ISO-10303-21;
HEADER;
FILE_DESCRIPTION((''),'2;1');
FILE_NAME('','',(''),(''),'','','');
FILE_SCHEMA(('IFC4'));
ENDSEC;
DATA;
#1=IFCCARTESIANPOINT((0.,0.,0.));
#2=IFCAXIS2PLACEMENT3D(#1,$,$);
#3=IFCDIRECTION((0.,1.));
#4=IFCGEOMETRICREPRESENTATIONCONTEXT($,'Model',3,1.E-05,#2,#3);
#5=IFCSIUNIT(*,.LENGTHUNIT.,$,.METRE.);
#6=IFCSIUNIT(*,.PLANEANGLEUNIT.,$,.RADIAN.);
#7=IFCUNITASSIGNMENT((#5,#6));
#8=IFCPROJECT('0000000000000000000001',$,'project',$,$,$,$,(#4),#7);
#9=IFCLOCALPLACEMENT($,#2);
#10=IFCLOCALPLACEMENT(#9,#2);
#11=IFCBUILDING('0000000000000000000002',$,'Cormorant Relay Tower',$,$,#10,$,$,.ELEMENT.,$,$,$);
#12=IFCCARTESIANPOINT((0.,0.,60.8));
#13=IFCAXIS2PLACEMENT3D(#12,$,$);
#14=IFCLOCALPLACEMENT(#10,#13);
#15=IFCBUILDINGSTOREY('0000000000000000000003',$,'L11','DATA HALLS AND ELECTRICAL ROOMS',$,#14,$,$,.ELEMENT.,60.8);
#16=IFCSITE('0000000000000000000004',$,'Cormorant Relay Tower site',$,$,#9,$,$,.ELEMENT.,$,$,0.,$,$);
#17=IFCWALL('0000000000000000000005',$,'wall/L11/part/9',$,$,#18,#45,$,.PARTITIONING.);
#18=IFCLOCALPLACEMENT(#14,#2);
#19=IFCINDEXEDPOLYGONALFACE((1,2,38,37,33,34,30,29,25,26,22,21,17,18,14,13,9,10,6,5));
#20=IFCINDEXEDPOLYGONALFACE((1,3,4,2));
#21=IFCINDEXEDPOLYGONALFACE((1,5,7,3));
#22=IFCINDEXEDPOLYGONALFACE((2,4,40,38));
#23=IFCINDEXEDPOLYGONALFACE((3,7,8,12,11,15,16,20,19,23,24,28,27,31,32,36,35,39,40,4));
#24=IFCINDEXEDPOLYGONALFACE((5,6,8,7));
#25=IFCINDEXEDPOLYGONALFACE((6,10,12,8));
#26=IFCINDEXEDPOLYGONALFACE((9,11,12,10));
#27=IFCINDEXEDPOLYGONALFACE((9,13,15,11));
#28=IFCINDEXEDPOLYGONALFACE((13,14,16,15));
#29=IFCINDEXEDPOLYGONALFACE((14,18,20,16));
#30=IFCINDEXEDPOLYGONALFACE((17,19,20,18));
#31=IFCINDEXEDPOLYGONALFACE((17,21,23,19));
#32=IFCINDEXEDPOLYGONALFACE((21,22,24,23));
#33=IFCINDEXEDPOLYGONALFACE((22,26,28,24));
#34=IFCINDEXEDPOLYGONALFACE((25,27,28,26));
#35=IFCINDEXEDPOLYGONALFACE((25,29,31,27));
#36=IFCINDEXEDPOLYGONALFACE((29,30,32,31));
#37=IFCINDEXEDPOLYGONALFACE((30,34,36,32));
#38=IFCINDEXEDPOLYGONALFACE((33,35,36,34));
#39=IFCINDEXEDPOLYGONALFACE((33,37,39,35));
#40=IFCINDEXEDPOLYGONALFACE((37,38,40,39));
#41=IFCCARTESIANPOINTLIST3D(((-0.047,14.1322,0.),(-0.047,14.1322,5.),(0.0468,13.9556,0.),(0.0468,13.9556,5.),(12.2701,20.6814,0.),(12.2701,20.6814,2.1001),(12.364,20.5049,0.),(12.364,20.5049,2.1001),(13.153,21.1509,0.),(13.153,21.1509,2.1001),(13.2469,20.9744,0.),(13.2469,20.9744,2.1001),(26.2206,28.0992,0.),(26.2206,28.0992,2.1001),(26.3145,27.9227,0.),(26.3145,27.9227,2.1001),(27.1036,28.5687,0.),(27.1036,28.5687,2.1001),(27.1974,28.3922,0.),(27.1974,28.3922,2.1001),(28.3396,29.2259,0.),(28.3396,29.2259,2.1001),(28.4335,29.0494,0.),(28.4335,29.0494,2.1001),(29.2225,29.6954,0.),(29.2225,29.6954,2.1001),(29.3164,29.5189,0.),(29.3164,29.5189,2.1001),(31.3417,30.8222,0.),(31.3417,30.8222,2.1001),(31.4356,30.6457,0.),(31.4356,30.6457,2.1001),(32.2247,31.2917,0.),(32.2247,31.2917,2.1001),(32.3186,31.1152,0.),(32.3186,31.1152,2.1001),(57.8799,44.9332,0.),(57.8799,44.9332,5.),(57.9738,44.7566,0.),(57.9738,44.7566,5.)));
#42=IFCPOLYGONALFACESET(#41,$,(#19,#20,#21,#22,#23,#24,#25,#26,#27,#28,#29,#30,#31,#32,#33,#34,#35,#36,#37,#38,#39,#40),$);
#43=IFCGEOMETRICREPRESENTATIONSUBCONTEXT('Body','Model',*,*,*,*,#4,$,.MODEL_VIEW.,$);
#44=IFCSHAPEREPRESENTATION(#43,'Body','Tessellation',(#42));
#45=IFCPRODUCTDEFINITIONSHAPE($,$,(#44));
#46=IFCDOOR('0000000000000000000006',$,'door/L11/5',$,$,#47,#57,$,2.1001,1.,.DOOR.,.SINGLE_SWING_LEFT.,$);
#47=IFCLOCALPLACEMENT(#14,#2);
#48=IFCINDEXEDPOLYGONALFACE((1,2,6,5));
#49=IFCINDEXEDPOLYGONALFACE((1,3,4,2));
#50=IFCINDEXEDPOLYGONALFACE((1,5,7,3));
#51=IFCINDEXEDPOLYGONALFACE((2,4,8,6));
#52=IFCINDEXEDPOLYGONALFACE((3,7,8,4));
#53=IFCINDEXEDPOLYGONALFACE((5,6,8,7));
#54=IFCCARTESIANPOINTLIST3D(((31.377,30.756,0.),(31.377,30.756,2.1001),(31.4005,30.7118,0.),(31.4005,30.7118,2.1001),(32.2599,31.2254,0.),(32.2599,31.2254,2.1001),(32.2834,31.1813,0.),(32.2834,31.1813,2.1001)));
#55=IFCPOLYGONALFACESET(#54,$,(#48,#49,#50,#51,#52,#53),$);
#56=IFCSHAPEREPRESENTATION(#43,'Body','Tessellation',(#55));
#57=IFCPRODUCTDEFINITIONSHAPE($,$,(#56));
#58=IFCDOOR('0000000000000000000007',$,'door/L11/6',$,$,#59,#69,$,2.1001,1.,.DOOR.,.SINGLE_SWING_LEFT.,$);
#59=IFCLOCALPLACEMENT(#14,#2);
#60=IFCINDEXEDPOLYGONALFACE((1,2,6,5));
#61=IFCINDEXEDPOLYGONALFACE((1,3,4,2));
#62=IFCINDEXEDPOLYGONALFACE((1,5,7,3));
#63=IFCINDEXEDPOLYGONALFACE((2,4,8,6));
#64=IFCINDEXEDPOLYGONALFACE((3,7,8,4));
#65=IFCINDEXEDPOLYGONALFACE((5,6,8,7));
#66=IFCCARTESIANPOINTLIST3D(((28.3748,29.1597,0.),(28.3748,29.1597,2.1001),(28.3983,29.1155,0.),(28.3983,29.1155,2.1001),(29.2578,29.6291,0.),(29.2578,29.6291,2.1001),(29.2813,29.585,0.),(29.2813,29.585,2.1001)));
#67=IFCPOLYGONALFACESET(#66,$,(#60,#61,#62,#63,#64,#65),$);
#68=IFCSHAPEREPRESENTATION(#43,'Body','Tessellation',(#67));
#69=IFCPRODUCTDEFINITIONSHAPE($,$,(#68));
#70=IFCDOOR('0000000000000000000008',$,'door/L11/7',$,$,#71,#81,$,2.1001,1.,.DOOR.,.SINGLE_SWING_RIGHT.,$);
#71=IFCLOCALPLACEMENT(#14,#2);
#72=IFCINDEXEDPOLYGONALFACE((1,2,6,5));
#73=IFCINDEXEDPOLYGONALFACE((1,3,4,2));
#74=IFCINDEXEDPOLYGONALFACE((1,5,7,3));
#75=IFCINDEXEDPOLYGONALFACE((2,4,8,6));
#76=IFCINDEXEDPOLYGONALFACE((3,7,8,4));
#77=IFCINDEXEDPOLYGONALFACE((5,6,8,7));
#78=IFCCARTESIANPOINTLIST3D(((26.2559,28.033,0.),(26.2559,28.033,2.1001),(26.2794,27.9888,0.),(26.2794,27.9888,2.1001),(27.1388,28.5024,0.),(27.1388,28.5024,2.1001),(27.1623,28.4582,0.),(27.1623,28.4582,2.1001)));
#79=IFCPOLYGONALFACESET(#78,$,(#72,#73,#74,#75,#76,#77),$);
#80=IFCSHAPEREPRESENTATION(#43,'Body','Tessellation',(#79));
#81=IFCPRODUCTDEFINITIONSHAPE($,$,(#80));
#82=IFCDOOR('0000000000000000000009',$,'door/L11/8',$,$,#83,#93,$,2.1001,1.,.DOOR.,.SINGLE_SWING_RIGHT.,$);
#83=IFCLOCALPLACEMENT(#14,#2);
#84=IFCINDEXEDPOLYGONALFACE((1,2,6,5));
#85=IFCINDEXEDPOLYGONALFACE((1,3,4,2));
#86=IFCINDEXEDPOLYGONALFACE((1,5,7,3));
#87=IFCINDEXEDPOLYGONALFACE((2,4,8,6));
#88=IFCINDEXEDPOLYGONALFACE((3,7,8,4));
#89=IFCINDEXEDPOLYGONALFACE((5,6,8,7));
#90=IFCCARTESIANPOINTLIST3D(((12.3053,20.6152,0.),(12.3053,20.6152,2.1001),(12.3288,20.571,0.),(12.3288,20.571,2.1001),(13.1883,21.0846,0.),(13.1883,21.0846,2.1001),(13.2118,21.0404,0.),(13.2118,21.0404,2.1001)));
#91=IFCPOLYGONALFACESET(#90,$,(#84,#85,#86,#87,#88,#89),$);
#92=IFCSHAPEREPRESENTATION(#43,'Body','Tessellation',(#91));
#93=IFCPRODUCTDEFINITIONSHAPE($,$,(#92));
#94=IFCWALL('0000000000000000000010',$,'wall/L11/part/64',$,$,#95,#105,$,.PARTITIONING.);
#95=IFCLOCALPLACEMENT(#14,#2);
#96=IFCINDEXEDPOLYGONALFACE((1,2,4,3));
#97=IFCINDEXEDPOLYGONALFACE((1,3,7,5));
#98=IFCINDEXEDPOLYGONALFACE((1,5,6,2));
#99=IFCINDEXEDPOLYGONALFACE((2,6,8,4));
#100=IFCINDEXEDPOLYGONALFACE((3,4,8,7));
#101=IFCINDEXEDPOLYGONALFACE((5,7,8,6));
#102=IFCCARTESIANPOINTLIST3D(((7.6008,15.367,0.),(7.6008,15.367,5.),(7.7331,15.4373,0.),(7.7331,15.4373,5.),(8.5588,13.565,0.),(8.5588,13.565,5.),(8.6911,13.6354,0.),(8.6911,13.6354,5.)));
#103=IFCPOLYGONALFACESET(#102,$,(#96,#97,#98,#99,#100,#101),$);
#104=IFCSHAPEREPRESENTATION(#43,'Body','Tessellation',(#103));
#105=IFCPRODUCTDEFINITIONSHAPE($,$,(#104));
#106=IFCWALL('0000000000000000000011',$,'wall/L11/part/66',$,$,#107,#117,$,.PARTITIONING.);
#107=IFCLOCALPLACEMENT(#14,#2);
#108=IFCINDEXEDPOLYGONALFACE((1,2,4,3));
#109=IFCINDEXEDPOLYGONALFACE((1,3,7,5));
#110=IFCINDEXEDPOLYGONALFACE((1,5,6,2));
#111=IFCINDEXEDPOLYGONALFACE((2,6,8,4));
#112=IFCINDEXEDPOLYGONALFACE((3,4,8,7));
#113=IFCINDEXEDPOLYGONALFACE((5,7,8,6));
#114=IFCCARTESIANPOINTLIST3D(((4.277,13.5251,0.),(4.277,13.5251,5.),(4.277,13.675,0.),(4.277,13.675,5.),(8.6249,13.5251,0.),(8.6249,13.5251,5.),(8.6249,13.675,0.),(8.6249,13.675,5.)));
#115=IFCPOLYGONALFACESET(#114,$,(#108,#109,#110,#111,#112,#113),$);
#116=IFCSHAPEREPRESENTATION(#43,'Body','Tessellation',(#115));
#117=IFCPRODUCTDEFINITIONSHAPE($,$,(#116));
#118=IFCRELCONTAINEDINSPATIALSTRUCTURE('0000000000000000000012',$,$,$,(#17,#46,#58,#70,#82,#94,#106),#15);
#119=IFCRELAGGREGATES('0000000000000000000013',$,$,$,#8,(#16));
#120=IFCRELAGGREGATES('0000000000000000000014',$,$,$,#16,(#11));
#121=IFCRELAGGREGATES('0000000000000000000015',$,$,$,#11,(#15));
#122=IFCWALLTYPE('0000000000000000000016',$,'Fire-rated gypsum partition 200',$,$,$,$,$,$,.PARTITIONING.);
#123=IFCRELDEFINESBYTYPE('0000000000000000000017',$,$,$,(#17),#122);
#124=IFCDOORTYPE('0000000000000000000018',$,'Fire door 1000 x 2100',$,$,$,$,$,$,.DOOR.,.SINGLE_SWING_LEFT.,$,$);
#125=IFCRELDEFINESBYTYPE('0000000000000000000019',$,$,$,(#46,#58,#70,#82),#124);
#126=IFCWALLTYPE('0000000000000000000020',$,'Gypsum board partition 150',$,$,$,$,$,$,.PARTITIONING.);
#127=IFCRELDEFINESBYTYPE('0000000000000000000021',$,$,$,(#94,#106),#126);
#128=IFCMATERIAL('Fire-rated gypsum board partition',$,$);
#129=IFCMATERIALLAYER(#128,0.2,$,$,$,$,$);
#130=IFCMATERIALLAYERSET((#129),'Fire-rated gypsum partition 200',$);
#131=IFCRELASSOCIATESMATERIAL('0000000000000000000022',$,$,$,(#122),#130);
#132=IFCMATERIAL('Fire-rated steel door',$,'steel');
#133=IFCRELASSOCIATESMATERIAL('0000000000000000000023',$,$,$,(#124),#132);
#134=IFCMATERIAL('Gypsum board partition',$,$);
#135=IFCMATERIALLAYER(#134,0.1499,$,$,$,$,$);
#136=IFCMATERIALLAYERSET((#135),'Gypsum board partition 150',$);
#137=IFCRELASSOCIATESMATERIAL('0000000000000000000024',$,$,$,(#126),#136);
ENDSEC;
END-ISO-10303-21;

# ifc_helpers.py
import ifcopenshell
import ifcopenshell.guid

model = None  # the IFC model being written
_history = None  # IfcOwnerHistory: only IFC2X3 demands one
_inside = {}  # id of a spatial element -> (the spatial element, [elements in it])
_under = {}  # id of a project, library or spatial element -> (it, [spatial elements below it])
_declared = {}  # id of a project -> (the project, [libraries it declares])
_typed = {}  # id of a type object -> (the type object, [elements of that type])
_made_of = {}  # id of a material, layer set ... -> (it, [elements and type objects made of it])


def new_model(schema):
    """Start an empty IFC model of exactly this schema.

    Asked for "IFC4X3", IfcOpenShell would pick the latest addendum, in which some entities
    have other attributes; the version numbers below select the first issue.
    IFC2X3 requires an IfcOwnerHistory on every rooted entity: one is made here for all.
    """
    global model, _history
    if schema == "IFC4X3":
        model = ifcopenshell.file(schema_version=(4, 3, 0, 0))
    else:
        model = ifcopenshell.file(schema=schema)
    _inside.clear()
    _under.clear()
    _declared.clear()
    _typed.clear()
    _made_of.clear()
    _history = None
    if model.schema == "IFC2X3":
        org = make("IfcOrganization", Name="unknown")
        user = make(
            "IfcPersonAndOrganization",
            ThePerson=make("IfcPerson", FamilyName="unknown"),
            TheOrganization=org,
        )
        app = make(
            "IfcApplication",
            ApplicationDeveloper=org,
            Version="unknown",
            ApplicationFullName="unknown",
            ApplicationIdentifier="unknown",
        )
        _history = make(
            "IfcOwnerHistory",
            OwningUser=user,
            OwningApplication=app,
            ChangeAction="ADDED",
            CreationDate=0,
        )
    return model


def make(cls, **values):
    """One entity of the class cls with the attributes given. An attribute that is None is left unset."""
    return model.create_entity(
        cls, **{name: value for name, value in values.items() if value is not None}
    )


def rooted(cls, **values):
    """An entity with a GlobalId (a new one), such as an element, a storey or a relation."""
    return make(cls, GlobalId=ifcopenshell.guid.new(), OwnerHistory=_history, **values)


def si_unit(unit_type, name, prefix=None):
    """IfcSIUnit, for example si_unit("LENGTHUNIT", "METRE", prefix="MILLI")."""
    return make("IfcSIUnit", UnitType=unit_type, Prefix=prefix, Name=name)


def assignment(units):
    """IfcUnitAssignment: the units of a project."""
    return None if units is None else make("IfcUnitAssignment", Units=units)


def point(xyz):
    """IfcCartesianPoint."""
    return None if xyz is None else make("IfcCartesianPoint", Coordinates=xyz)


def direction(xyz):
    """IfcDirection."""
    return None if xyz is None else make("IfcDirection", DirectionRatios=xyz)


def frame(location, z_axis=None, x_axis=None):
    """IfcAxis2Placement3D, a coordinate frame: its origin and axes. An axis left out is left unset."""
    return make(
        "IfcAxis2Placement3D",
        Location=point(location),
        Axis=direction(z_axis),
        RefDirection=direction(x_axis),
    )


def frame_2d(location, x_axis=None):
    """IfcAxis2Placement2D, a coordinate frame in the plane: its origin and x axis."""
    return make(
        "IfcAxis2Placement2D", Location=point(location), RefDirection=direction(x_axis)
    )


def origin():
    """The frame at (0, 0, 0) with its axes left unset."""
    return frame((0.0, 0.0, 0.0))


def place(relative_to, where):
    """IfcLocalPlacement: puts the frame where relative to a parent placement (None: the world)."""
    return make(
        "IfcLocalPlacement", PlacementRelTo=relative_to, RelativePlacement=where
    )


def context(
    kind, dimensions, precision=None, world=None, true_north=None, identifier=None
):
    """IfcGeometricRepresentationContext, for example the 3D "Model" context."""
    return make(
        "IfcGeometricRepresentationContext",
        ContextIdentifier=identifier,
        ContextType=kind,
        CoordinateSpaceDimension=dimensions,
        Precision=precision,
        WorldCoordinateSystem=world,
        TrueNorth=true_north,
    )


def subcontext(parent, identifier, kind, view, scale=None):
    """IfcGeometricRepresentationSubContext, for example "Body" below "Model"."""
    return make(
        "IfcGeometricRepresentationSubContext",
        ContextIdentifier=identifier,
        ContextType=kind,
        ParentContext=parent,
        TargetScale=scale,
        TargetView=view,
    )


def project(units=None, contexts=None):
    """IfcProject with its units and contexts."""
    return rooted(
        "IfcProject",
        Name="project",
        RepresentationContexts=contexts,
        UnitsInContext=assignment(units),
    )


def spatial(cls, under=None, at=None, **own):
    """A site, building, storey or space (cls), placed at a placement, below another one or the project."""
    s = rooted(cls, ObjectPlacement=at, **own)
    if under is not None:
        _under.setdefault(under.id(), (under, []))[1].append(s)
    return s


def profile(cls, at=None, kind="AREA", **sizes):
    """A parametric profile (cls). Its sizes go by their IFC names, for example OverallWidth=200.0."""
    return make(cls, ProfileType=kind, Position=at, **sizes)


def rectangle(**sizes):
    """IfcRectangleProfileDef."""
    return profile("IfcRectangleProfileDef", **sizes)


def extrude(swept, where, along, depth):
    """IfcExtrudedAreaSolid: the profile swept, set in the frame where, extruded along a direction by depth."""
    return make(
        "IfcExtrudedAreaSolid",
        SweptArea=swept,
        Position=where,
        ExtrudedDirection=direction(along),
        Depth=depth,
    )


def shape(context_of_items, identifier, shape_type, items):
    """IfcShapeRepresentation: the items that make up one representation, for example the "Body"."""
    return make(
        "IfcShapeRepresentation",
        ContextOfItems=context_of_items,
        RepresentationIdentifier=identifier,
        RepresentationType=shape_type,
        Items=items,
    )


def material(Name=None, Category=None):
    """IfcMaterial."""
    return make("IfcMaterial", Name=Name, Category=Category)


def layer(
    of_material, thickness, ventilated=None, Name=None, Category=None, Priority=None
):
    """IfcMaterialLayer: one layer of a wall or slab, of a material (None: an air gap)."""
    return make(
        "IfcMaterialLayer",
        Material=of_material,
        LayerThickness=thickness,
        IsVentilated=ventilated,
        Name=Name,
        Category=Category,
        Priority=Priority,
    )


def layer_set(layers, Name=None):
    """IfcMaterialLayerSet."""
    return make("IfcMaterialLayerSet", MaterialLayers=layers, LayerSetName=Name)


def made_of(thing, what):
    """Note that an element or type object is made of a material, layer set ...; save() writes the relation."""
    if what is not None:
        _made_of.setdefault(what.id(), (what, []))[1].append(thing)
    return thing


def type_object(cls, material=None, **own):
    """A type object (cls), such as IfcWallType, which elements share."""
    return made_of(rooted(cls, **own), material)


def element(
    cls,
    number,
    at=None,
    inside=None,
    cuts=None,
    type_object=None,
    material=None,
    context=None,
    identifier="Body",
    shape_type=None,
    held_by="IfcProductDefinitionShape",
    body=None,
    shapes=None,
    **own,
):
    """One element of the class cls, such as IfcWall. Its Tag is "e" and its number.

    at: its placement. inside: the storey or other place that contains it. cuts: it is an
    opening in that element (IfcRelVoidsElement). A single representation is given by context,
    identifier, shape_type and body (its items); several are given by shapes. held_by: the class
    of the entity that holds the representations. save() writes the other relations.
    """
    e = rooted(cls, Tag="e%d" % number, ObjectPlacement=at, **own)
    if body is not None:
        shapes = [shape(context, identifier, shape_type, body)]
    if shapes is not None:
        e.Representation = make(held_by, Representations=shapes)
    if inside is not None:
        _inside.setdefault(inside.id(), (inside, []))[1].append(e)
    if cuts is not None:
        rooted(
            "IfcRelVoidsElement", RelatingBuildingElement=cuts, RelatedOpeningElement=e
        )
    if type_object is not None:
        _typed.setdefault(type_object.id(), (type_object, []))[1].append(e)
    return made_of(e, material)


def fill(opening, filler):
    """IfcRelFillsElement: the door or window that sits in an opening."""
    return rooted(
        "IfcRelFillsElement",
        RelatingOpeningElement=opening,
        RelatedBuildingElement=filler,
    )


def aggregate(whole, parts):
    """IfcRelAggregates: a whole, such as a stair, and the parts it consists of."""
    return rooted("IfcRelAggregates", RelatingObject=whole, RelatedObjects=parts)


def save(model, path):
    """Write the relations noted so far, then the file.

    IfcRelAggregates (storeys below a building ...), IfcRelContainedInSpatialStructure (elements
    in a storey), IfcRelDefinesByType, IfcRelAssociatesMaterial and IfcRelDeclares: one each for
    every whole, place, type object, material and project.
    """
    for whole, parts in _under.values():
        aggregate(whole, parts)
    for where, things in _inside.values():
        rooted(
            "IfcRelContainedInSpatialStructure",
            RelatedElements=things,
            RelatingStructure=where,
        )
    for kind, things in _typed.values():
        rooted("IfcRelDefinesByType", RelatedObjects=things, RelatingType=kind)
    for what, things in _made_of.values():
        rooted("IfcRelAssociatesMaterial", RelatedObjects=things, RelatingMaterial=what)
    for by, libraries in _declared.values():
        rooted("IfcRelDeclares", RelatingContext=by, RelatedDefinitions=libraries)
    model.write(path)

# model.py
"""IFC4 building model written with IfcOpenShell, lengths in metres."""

from ifc_helpers import new_model, si_unit, direction, frame, frame_2d, origin, place, context, subcontext, project, spatial, rectangle, extrude, material, layer, layer_set, type_object, element, fill, save


model = new_model("IFC4")

# Units and contexts
model_context = context("Model", 3, precision=1e-05, world=origin(), true_north=direction((0.0, 1.0)))
body_context = subcontext(model_context, "Body", "Model", "MODEL_VIEW")
ifc_project = project(units=[si_unit("LENGTHUNIT", "METRE"), si_unit("PLANEANGLEUNIT", "RADIAN")], contexts=[model_context])

# Site, building, storey
site_placement = place(None, origin())
site = spatial("IfcSite", under=ifc_project, at=site_placement, Name="Cormorant Relay Tower site", CompositionType="ELEMENT", RefElevation=0.0)
building_placement = place(site_placement, origin())
building = spatial("IfcBuilding", under=site, at=building_placement, Name="Cormorant Relay Tower", CompositionType="ELEMENT")
storey_placement = place(building_placement, frame((0.0, 0.0, 60.8)))
storey = spatial("IfcBuildingStorey", under=building, at=storey_placement, Name="L11", Description="DATA HALLS AND ELECTRICAL ROOMS", CompositionType="ELEMENT", Elevation=60.8)

# Wall, openings, doors
ifc_material_1 = material(Name="Fire-rated gypsum board partition")
ifc_layer_1 = layer(ifc_material_1, 0.2)
ifc_layer_set_1 = layer_set([ifc_layer_1], Name="Fire-rated gypsum partition 200")
wall_type_1 = type_object("IfcWallType", Name="Fire-rated gypsum partition 200", PredefinedType="PARTITIONING", material=ifc_layer_set_1)
wall_1_placement = place(storey_placement, frame((0.0, 14.0439, 0.0), z_axis=(0.0, 0.0, 1.0), x_axis=(0.882943, 0.46948, 0.0)))
wall_1 = element("IfcWall", 1, at=wall_1_placement, inside=storey, type_object=wall_type_1, Name="wall/L11/part/9", PredefinedType="PARTITIONING", context=body_context, shape_type="SweptSolid", body=[
    extrude(rectangle(XDim=65.6067, YDim=0.2, at=frame_2d((32.8032, 0.0))), origin(), (0.0, 0.0, 1.0), 5.0),
])
opening_1_placement = place(wall_1_placement, frame((35.55, 0.0, 0.0)))
opening_1 = element("IfcOpeningElement", 2, at=opening_1_placement, cuts=wall_1, PredefinedType="OPENING", context=body_context, shape_type="SweptSolid", body=[
    extrude(rectangle(XDim=1.0, YDim=2.1001, at=frame_2d((0.5, 1.05))), frame((0.0, 0.1099, 0.0), z_axis=(0.0, -1.0, 0.0), x_axis=(1.0, 0.0, 0.0)), (0.0, 0.0, 1.0), 0.22),
])
opening_2_placement = place(wall_1_placement, frame((32.1499, 0.0, 0.0)))
opening_2 = element("IfcOpeningElement", 3, at=opening_2_placement, cuts=wall_1, PredefinedType="OPENING", context=body_context, shape_type="SweptSolid", body=[
    extrude(rectangle(XDim=1.0, YDim=2.1001, at=frame_2d((0.5, 1.05))), frame((0.0, 0.1099, 0.0), z_axis=(0.0, -1.0, 0.0), x_axis=(1.0, 0.0, 0.0)), (0.0, 0.0, 1.0), 0.22),
])
opening_3_placement = place(wall_1_placement, frame((29.75, 0.0, 0.0)))
opening_3 = element("IfcOpeningElement", 4, at=opening_3_placement, cuts=wall_1, PredefinedType="OPENING", context=body_context, shape_type="SweptSolid", body=[
    extrude(rectangle(XDim=1.0, YDim=2.1001, at=frame_2d((0.5, 1.05))), frame((0.0, 0.1099, 0.0), z_axis=(0.0, -1.0, 0.0), x_axis=(1.0, 0.0, 0.0)), (0.0, 0.0, 1.0), 0.22),
])
opening_4_placement = place(wall_1_placement, frame((13.95, 0.0, 0.0)))
opening_4 = element("IfcOpeningElement", 5, at=opening_4_placement, cuts=wall_1, PredefinedType="OPENING", context=body_context, shape_type="SweptSolid", body=[
    extrude(rectangle(XDim=1.0, YDim=2.1001, at=frame_2d((0.5, 1.05))), frame((0.0, 0.1099, 0.0), z_axis=(0.0, -1.0, 0.0), x_axis=(1.0, 0.0, 0.0)), (0.0, 0.0, 1.0), 0.22),
])
ifc_material_2 = material(Name="Fire-rated steel door", Category="steel")
door_type_1 = type_object("IfcDoorType", Name="Fire door 1000 x 2100", OperationType="SINGLE_SWING_LEFT", PredefinedType="DOOR", material=ifc_material_2)
door_1_placement = place(opening_1_placement, origin())
door_1 = element("IfcDoor", 6, at=door_1_placement, inside=storey, type_object=door_type_1, Name="door/L11/5", OperationType="SINGLE_SWING_LEFT", OverallHeight=2.1001, OverallWidth=1.0, PredefinedType="DOOR", context=body_context, shape_type="SweptSolid", body=[
    extrude(rectangle(XDim=1.0, YDim=2.1001, at=frame_2d((0.5, 1.05))), frame((0.0, 0.0249, 0.0), z_axis=(0.0, -1.0, 0.0), x_axis=(1.0, 0.0, 0.0)), (0.0, 0.0, 1.0), 0.05),
])
fill(opening_1, door_1)
door_2_placement = place(opening_2_placement, origin())
door_2 = element("IfcDoor", 7, at=door_2_placement, inside=storey, type_object=door_type_1, Name="door/L11/6", OperationType="SINGLE_SWING_LEFT", OverallHeight=2.1001, OverallWidth=1.0, PredefinedType="DOOR", context=body_context, shape_type="SweptSolid", body=[
    extrude(rectangle(XDim=1.0, YDim=2.1001, at=frame_2d((0.5, 1.05))), frame((0.0, 0.0249, 0.0), z_axis=(0.0, -1.0, 0.0), x_axis=(1.0, 0.0, 0.0)), (0.0, 0.0, 1.0), 0.05),
])
fill(opening_2, door_2)
door_3_placement = place(opening_3_placement, origin())
door_3 = element("IfcDoor", 8, at=door_3_placement, inside=storey, type_object=door_type_1, Name="door/L11/7", OperationType="SINGLE_SWING_RIGHT", OverallHeight=2.1001, OverallWidth=1.0, PredefinedType="DOOR", context=body_context, shape_type="SweptSolid", body=[
    extrude(rectangle(XDim=1.0, YDim=2.1001, at=frame_2d((0.5, 1.05))), frame((0.0, 0.0249, 0.0), z_axis=(0.0, -1.0, 0.0), x_axis=(1.0, 0.0, 0.0)), (0.0, 0.0, 1.0), 0.05),
])
fill(opening_3, door_3)
door_4_placement = place(opening_4_placement, origin())
door_4 = element("IfcDoor", 9, at=door_4_placement, inside=storey, type_object=door_type_1, Name="door/L11/8", OperationType="SINGLE_SWING_RIGHT", OverallHeight=2.1001, OverallWidth=1.0, PredefinedType="DOOR", context=body_context, shape_type="SweptSolid", body=[
    extrude(rectangle(XDim=1.0, YDim=2.1001, at=frame_2d((0.5, 1.05))), frame((0.0, 0.0249, 0.0), z_axis=(0.0, -1.0, 0.0), x_axis=(1.0, 0.0, 0.0)), (0.0, 0.0, 1.0), 0.05),
])
fill(opening_4, door_4)

# Walls
ifc_material_3 = material(Name="Gypsum board partition")
ifc_layer_2 = layer(ifc_material_3, 0.1499)
ifc_layer_set_2 = layer_set([ifc_layer_2], Name="Gypsum board partition 150")
wall_type_2 = type_object("IfcWallType", Name="Gypsum board partition 150", PredefinedType="PARTITIONING", material=ifc_layer_set_2)
wall_2_placement = place(storey_placement, frame((8.625, 13.6001, 0.0), z_axis=(0.0, 0.0, 1.0), x_axis=(-0.469421, 0.882975, 0.0)))
element("IfcWall", 10, at=wall_2_placement, inside=storey, type_object=wall_type_2, Name="wall/L11/part/64", PredefinedType="PARTITIONING", context=body_context, shape_type="SweptSolid", body=[
    extrude(rectangle(XDim=2.0408, YDim=0.1499, at=frame_2d((1.0205, 0.0))), origin(), (0.0, 0.0, 1.0), 5.0),
])
wall_3_placement = place(storey_placement, frame((4.2771, 13.6001, 0.0), z_axis=(0.0, 0.0, 1.0), x_axis=(1.0, 0.0, 0.0)))
element("IfcWall", 11, at=wall_3_placement, inside=storey, type_object=wall_type_2, Name="wall/L11/part/66", PredefinedType="PARTITIONING", context=body_context, shape_type="SweptSolid", body=[
    extrude(rectangle(XDim=4.3479, YDim=0.1499, at=frame_2d((2.1738, 0.0))), origin(), (0.0, 0.0, 1.0), 5.0),
])

save(model, "model.ifc")
